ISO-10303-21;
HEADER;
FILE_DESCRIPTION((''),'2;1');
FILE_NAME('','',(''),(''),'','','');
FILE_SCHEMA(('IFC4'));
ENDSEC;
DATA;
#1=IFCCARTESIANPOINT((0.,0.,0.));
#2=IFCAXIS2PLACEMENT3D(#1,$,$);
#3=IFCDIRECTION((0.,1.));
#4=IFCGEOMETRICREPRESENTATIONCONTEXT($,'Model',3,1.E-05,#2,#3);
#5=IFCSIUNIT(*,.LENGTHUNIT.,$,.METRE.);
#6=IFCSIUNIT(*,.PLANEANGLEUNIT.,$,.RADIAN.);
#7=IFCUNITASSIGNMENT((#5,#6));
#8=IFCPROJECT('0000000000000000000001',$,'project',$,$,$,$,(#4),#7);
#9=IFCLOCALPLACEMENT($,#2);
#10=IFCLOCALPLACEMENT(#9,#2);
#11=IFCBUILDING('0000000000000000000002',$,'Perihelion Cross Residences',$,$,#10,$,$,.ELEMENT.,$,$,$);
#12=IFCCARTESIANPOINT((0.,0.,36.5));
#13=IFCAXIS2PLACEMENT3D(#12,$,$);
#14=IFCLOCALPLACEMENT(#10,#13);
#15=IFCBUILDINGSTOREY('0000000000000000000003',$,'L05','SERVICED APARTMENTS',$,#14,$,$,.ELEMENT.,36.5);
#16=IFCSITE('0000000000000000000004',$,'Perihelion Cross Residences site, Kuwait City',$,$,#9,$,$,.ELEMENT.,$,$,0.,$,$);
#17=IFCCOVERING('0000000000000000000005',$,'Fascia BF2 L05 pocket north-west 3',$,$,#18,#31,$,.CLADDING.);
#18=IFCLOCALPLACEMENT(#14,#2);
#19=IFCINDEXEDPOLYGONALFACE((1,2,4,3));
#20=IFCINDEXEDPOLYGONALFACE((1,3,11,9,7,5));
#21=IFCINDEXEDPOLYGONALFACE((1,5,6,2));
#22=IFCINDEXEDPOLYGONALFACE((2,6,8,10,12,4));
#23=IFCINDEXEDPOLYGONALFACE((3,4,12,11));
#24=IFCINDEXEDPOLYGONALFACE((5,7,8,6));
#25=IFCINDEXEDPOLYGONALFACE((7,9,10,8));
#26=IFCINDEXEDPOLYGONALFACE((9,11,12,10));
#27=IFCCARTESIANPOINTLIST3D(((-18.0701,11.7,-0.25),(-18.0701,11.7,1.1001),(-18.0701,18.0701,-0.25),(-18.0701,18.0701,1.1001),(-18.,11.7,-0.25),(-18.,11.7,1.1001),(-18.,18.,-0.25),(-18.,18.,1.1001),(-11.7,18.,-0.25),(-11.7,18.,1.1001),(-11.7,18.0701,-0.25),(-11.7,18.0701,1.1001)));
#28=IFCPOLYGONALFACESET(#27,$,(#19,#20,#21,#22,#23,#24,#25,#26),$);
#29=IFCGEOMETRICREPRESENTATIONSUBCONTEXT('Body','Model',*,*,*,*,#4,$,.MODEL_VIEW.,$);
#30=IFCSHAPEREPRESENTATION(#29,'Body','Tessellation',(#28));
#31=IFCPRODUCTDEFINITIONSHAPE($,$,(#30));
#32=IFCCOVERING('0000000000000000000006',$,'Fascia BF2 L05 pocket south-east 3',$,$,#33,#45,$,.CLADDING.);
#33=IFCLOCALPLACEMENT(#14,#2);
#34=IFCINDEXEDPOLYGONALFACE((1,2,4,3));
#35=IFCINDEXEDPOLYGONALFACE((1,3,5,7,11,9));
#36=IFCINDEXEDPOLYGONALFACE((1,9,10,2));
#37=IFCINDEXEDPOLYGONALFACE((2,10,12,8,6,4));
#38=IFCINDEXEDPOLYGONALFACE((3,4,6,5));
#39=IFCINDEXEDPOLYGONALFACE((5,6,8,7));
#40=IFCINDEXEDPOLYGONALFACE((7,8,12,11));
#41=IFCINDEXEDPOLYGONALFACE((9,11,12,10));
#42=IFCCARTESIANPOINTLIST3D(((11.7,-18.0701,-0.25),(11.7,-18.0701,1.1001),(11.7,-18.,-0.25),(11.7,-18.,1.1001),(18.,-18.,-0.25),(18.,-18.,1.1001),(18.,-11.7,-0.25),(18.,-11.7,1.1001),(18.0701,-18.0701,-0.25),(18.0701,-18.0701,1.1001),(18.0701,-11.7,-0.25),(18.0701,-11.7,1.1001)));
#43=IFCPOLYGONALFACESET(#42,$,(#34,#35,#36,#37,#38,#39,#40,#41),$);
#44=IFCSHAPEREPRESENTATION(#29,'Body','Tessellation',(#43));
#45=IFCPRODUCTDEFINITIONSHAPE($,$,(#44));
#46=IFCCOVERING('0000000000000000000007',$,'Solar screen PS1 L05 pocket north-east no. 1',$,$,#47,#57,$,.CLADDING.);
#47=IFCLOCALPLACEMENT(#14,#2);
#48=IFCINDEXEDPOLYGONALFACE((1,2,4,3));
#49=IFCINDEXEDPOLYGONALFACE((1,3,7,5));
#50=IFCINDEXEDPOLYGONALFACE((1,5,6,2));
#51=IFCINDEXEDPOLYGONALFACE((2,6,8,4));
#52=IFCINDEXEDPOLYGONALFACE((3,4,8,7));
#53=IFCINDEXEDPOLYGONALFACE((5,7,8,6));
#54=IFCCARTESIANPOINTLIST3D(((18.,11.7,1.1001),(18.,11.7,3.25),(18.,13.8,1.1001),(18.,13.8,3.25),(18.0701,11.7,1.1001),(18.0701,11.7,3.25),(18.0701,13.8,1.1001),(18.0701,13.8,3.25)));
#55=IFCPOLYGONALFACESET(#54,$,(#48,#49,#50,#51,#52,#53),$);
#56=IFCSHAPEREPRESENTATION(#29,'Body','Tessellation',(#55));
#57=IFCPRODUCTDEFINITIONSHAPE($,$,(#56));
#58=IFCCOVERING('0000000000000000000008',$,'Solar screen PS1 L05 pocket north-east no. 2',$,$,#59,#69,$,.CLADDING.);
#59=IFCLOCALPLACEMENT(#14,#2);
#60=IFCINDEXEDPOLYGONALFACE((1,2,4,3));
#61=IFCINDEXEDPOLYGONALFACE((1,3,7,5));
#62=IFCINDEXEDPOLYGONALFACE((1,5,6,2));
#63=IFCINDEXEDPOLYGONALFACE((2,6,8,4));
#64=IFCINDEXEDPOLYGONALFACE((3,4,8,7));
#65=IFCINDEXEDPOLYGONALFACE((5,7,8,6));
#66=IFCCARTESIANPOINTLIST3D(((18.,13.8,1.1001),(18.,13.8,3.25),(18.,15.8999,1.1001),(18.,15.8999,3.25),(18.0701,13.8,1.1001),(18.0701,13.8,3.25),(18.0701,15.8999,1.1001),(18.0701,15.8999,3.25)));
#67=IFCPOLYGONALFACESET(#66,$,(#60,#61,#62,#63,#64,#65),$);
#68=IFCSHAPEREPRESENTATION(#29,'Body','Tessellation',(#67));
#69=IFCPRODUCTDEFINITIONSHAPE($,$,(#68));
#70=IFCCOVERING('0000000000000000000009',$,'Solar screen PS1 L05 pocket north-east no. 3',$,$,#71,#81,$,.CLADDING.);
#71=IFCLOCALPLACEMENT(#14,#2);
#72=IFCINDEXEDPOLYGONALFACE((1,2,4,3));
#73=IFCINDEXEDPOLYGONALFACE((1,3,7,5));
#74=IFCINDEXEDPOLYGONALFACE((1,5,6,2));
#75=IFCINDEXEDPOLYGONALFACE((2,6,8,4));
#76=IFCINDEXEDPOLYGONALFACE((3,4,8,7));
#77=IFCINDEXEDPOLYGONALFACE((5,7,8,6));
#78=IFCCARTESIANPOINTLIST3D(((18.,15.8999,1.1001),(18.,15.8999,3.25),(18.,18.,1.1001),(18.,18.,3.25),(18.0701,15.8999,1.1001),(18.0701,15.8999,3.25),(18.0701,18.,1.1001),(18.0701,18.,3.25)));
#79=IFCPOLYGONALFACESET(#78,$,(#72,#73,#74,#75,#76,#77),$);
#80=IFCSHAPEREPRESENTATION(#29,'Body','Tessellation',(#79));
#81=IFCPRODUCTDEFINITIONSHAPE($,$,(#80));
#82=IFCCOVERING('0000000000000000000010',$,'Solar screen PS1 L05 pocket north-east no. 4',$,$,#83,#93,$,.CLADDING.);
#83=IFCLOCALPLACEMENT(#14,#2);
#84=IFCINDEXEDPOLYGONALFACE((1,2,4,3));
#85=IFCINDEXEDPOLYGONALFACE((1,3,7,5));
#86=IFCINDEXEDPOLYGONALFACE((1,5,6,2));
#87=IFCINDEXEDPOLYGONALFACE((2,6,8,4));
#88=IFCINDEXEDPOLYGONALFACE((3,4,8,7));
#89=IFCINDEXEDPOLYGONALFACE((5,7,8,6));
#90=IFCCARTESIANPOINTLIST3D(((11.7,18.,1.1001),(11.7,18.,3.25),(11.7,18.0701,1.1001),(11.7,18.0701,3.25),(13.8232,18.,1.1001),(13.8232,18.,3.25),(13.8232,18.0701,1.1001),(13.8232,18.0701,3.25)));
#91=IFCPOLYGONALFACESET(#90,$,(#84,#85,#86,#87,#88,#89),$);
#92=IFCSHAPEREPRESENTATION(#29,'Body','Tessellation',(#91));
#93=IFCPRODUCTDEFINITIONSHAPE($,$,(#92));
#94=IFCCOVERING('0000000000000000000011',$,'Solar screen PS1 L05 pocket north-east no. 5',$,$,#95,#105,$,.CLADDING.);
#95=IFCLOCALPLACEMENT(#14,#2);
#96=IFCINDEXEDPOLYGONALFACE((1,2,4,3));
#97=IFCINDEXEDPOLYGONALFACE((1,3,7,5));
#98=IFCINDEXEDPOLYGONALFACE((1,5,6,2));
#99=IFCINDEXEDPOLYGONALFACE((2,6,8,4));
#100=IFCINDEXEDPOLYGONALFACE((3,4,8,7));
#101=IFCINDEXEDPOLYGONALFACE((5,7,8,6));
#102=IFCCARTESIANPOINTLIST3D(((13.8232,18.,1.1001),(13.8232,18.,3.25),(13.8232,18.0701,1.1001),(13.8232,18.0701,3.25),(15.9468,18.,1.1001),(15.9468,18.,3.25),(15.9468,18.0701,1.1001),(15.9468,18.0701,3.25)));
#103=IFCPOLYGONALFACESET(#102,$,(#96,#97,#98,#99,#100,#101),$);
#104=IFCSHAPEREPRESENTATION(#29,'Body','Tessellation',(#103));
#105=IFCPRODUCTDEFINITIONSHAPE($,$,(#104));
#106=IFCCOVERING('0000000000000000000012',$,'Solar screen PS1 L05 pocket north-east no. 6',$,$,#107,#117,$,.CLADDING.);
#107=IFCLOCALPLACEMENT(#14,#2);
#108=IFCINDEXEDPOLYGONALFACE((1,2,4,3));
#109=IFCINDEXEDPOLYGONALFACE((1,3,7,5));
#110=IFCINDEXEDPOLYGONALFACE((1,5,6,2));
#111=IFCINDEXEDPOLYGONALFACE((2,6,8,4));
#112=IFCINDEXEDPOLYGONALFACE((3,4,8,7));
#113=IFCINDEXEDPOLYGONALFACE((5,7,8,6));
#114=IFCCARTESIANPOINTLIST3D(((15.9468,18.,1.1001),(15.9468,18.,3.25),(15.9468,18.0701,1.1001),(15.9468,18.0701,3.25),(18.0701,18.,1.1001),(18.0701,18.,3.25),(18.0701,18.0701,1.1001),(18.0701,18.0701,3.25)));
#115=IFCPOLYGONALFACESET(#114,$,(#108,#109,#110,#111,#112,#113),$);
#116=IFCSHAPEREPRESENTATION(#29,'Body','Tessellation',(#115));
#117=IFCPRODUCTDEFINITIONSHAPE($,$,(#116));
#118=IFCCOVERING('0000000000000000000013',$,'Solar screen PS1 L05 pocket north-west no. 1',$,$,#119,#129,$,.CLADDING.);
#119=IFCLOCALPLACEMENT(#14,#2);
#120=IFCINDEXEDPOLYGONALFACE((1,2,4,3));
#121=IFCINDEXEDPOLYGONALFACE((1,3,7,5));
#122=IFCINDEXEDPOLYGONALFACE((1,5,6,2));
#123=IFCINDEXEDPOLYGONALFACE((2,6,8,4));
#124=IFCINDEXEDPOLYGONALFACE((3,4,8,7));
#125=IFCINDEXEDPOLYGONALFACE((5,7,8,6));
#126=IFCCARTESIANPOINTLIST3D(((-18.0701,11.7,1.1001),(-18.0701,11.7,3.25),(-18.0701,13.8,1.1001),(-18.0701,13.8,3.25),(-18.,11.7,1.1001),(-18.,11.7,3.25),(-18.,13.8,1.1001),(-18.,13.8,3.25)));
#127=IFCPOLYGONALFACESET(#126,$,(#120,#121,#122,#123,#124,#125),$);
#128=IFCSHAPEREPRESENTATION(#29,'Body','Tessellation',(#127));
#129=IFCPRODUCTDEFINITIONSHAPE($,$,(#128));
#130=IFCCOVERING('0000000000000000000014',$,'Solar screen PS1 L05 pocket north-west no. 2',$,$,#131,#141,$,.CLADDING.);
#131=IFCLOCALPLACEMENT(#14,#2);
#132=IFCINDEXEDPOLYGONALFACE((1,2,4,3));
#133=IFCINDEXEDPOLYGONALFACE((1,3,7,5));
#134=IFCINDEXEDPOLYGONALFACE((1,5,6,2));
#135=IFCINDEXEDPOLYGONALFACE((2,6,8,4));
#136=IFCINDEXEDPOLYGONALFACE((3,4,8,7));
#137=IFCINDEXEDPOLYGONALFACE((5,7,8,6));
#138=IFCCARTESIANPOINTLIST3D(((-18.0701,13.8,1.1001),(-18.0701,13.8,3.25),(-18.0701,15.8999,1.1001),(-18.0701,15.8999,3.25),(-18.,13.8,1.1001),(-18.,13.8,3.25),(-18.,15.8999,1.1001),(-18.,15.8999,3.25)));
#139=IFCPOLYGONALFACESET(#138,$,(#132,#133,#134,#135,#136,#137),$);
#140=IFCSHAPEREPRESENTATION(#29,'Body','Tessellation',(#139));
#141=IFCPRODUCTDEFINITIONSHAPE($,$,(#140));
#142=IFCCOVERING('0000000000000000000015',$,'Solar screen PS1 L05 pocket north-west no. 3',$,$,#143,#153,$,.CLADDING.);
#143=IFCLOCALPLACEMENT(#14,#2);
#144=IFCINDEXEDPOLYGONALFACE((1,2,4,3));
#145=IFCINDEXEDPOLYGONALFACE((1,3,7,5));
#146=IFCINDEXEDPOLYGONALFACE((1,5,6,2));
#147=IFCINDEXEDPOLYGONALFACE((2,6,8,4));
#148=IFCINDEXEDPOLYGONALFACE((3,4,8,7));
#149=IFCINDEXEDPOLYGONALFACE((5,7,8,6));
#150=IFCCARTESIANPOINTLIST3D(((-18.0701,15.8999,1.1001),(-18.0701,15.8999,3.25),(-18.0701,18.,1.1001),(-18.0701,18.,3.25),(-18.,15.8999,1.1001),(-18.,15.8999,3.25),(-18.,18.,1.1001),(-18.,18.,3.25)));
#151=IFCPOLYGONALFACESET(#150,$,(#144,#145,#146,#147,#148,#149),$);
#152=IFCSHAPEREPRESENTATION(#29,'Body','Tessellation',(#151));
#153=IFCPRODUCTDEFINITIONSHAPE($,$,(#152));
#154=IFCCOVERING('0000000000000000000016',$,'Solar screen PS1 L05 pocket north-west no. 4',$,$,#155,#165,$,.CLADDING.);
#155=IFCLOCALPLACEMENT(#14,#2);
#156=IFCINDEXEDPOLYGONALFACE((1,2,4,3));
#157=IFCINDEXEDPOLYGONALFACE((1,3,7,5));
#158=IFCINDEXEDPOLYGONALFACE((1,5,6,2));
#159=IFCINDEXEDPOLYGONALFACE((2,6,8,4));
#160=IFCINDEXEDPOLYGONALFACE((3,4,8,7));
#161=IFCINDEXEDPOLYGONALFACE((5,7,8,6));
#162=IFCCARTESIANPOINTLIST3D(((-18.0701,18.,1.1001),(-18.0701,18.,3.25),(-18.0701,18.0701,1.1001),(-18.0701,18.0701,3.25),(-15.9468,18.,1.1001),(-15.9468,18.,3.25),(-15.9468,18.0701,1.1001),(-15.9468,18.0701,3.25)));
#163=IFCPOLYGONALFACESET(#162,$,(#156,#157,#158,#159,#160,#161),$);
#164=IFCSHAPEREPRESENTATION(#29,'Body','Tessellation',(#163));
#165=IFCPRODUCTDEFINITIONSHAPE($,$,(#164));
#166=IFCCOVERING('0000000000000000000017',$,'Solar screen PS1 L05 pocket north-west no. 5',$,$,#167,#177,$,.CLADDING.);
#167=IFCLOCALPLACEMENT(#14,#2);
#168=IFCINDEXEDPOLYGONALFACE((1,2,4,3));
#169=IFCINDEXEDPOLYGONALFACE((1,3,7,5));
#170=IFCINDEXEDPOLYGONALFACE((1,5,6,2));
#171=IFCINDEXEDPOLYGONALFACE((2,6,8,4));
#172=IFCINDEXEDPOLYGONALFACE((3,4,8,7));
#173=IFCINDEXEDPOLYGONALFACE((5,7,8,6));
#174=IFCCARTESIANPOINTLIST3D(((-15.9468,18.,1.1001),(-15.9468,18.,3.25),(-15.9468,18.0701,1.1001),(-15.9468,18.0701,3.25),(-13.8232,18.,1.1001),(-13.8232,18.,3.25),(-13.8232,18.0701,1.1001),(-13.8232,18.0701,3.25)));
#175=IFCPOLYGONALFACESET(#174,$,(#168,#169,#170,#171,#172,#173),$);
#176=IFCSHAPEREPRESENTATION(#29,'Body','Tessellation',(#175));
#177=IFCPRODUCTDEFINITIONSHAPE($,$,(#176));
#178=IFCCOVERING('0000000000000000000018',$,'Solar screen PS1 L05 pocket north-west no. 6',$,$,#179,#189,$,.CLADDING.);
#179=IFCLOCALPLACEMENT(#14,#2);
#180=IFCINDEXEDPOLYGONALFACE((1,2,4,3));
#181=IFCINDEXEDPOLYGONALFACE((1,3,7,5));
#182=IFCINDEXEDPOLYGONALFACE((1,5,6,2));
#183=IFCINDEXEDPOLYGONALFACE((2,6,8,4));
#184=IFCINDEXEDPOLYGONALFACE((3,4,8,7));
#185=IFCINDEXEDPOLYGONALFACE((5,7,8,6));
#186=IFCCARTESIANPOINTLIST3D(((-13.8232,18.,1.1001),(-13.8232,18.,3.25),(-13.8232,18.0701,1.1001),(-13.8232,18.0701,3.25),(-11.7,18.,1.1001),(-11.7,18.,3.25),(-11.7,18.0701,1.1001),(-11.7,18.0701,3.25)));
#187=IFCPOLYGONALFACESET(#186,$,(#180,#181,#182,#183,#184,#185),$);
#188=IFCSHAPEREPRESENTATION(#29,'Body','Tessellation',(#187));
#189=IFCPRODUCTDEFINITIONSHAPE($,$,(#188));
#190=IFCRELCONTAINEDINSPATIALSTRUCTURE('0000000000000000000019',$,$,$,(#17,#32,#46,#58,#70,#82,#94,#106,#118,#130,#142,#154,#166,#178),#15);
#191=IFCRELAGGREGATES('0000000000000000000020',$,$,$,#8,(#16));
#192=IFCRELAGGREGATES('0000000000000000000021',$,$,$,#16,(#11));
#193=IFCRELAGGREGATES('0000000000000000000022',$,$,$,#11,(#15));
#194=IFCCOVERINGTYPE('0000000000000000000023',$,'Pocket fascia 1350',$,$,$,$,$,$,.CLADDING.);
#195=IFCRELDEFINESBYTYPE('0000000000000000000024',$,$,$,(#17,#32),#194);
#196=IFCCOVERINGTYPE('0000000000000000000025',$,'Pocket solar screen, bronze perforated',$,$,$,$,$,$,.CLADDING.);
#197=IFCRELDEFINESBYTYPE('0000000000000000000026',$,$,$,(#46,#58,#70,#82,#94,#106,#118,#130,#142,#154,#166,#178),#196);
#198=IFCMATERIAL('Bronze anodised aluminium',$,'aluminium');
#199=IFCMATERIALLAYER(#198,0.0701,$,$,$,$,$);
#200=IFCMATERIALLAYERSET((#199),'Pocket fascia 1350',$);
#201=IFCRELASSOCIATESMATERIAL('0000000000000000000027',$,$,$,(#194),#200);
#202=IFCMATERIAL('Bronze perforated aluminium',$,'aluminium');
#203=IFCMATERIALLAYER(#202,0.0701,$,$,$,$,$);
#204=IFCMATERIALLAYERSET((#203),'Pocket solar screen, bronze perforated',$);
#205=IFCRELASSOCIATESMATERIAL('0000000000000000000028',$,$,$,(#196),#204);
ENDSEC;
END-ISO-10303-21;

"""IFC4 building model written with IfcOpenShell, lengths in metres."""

from ifc_helpers import new_model, si_unit, direction, frame, origin, place, context, subcontext, project, spatial, polyline, outline, extrude, material, layer, layer_set, type_object, element, save


model = new_model("IFC4")

# Units and contexts
model_context = context("Model", 3, precision=1e-05, world=origin(), true_north=direction((0.0, 1.0)))
body_context = subcontext(model_context, "Body", "Model", "MODEL_VIEW")
ifc_project = project(units=[si_unit("LENGTHUNIT", "METRE"), si_unit("PLANEANGLEUNIT", "RADIAN")], contexts=[model_context])

# Site, building, storey
site_placement = place(None, origin())
site = spatial("IfcSite", under=ifc_project, at=site_placement, Name="Perihelion Cross Residences site, Kuwait City", CompositionType="ELEMENT", RefElevation=0.0)
building_placement = place(site_placement, origin())
building = spatial("IfcBuilding", under=site, at=building_placement, Name="Perihelion Cross Residences", CompositionType="ELEMENT")
storey_placement = place(building_placement, frame((0.0, 0.0, 36.5)))
storey = spatial("IfcBuildingStorey", under=building, at=storey_placement, Name="L05", Description="SERVICED APARTMENTS", CompositionType="ELEMENT", Elevation=36.5)

# Coverings
ifc_material_1 = material(Name="Bronze anodised aluminium", Category="aluminium")
ifc_layer_1 = layer(ifc_material_1, 0.0701)
ifc_layer_set_1 = layer_set([ifc_layer_1], Name="Pocket fascia 1350")
covering_type_1 = type_object("IfcCoveringType", Name="Pocket fascia 1350", PredefinedType="CLADDING", material=ifc_layer_set_1)
covering_1_placement = place(storey_placement, frame((0.0, 0.0, -0.25)))
element("IfcCovering", 1, at=covering_1_placement, inside=storey, type_object=covering_type_1, Name="Fascia BF2 L05 pocket north-west 3", PredefinedType="CLADDING", context=body_context, shape_type="SweptSolid", body=[
    extrude(outline(polyline([(-18.0701, 18.0701), (-18.0701, 11.7), (-18.0, 11.7), (-18.0, 18.0), (-11.7, 18.0), (-11.7, 18.0701), (-18.0701, 18.0701)])), origin(), (0.0, 0.0, 1.0), 1.3501),
])
covering_2_placement = place(storey_placement, frame((0.0, 0.0, -0.25)))
element("IfcCovering", 2, at=covering_2_placement, inside=storey, type_object=covering_type_1, Name="Fascia BF2 L05 pocket south-east 3", PredefinedType="CLADDING", context=body_context, shape_type="SweptSolid", body=[
    extrude(outline(polyline([(18.0701, -18.0701), (18.0701, -11.7), (18.0, -11.7), (18.0, -18.0), (11.7, -18.0), (11.7, -18.0701), (18.0701, -18.0701)])), origin(), (0.0, 0.0, 1.0), 1.3501),
])
ifc_material_2 = material(Name="Bronze perforated aluminium", Category="aluminium")
ifc_layer_2 = layer(ifc_material_2, 0.0701)
ifc_layer_set_2 = layer_set([ifc_layer_2], Name="Pocket solar screen, bronze perforated")
covering_type_2 = type_object("IfcCoveringType", Name="Pocket solar screen, bronze perforated", PredefinedType="CLADDING", material=ifc_layer_set_2)
covering_3_placement = place(storey_placement, frame((0.0, 0.0, 1.1001)))
element("IfcCovering", 3, at=covering_3_placement, inside=storey, type_object=covering_type_2, Name="Solar screen PS1 L05 pocket north-east no. 1", PredefinedType="CLADDING", context=body_context, shape_type="SweptSolid", body=[
    extrude(outline(polyline([(18.0701, 11.7), (18.0701, 13.8), (18.0, 13.8), (18.0, 11.7), (18.0701, 11.7)])), origin(), (0.0, 0.0, 1.0), 2.1499),
])
covering_4_placement = place(storey_placement, frame((0.0, 0.0, 1.1001)))
element("IfcCovering", 4, at=covering_4_placement, inside=storey, type_object=covering_type_2, Name="Solar screen PS1 L05 pocket north-east no. 2", PredefinedType="CLADDING", context=body_context, shape_type="SweptSolid", body=[
    extrude(outline(polyline([(18.0701, 13.8), (18.0701, 15.8999), (18.0, 15.8999), (18.0, 13.8), (18.0701, 13.8)])), origin(), (0.0, 0.0, 1.0), 2.1499),
])
covering_5_placement = place(storey_placement, frame((0.0, 0.0, 1.1001)))
element("IfcCovering", 5, at=covering_5_placement, inside=storey, type_object=covering_type_2, Name="Solar screen PS1 L05 pocket north-east no. 3", PredefinedType="CLADDING", context=body_context, shape_type="SweptSolid", body=[
    extrude(outline(polyline([(18.0701, 15.8999), (18.0701, 18.0), (18.0, 18.0), (18.0, 15.8999), (18.0701, 15.8999)])), origin(), (0.0, 0.0, 1.0), 2.1499),
])
covering_6_placement = place(storey_placement, frame((0.0, 0.0, 1.1001)))
element("IfcCovering", 6, at=covering_6_placement, inside=storey, type_object=covering_type_2, Name="Solar screen PS1 L05 pocket north-east no. 4", PredefinedType="CLADDING", context=body_context, shape_type="SweptSolid", body=[
    extrude(outline(polyline([(13.8232, 18.0), (13.8232, 18.0701), (11.7, 18.0701), (11.7, 18.0), (13.8232, 18.0)])), origin(), (0.0, 0.0, 1.0), 2.1499),
])
covering_7_placement = place(storey_placement, frame((0.0, 0.0, 1.1001)))
element("IfcCovering", 7, at=covering_7_placement, inside=storey, type_object=covering_type_2, Name="Solar screen PS1 L05 pocket north-east no. 5", PredefinedType="CLADDING", context=body_context, shape_type="SweptSolid", body=[
    extrude(outline(polyline([(15.9468, 18.0), (15.9468, 18.0701), (13.8232, 18.0701), (13.8232, 18.0), (15.9468, 18.0)])), origin(), (0.0, 0.0, 1.0), 2.1499),
])
covering_8_placement = place(storey_placement, frame((0.0, 0.0, 1.1001)))
element("IfcCovering", 8, at=covering_8_placement, inside=storey, type_object=covering_type_2, Name="Solar screen PS1 L05 pocket north-east no. 6", PredefinedType="CLADDING", context=body_context, shape_type="SweptSolid", body=[
    extrude(outline(polyline([(18.0701, 18.0), (18.0701, 18.0701), (15.9468, 18.0701), (15.9468, 18.0), (18.0701, 18.0)])), origin(), (0.0, 0.0, 1.0), 2.1499),
])
covering_9_placement = place(storey_placement, frame((0.0, 0.0, 1.1001)))
element("IfcCovering", 9, at=covering_9_placement, inside=storey, type_object=covering_type_2, Name="Solar screen PS1 L05 pocket north-west no. 1", PredefinedType="CLADDING", context=body_context, shape_type="SweptSolid", body=[
    extrude(outline(polyline([(-18.0, 11.7), (-18.0, 13.8), (-18.0701, 13.8), (-18.0701, 11.7), (-18.0, 11.7)])), origin(), (0.0, 0.0, 1.0), 2.1499),
])
covering_10_placement = place(storey_placement, frame((0.0, 0.0, 1.1001)))
element("IfcCovering", 10, at=covering_10_placement, inside=storey, type_object=covering_type_2, Name="Solar screen PS1 L05 pocket north-west no. 2", PredefinedType="CLADDING", context=body_context, shape_type="SweptSolid", body=[
    extrude(outline(polyline([(-18.0, 13.8), (-18.0, 15.8999), (-18.0701, 15.8999), (-18.0701, 13.8), (-18.0, 13.8)])), origin(), (0.0, 0.0, 1.0), 2.1499),
])
covering_11_placement = place(storey_placement, frame((0.0, 0.0, 1.1001)))
element("IfcCovering", 11, at=covering_11_placement, inside=storey, type_object=covering_type_2, Name="Solar screen PS1 L05 pocket north-west no. 3", PredefinedType="CLADDING", context=body_context, shape_type="SweptSolid", body=[
    extrude(outline(polyline([(-18.0, 15.8999), (-18.0, 18.0), (-18.0701, 18.0), (-18.0701, 15.8999), (-18.0, 15.8999)])), origin(), (0.0, 0.0, 1.0), 2.1499),
])
covering_12_placement = place(storey_placement, frame((0.0, 0.0, 1.1001)))
element("IfcCovering", 12, at=covering_12_placement, inside=storey, type_object=covering_type_2, Name="Solar screen PS1 L05 pocket north-west no. 4", PredefinedType="CLADDING", context=body_context, shape_type="SweptSolid", body=[
    extrude(outline(polyline([(-15.9468, 18.0), (-15.9468, 18.0701), (-18.0701, 18.0701), (-18.0701, 18.0), (-15.9468, 18.0)])), origin(), (0.0, 0.0, 1.0), 2.1499),
])
covering_13_placement = place(storey_placement, frame((0.0, 0.0, 1.1001)))
element("IfcCovering", 13, at=covering_13_placement, inside=storey, type_object=covering_type_2, Name="Solar screen PS1 L05 pocket north-west no. 5", PredefinedType="CLADDING", context=body_context, shape_type="SweptSolid", body=[
    extrude(outline(polyline([(-13.8232, 18.0), (-13.8232, 18.0701), (-15.9468, 18.0701), (-15.9468, 18.0), (-13.8232, 18.0)])), origin(), (0.0, 0.0, 1.0), 2.1499),
])
covering_14_placement = place(storey_placement, frame((0.0, 0.0, 1.1001)))
element("IfcCovering", 14, at=covering_14_placement, inside=storey, type_object=covering_type_2, Name="Solar screen PS1 L05 pocket north-west no. 6", PredefinedType="CLADDING", context=body_context, shape_type="SweptSolid", body=[
    extrude(outline(polyline([(-11.7, 18.0), (-11.7, 18.0701), (-13.8232, 18.0701), (-13.8232, 18.0), (-11.7, 18.0)])), origin(), (0.0, 0.0, 1.0), 2.1499),
])

save(model, "model.ifc")
